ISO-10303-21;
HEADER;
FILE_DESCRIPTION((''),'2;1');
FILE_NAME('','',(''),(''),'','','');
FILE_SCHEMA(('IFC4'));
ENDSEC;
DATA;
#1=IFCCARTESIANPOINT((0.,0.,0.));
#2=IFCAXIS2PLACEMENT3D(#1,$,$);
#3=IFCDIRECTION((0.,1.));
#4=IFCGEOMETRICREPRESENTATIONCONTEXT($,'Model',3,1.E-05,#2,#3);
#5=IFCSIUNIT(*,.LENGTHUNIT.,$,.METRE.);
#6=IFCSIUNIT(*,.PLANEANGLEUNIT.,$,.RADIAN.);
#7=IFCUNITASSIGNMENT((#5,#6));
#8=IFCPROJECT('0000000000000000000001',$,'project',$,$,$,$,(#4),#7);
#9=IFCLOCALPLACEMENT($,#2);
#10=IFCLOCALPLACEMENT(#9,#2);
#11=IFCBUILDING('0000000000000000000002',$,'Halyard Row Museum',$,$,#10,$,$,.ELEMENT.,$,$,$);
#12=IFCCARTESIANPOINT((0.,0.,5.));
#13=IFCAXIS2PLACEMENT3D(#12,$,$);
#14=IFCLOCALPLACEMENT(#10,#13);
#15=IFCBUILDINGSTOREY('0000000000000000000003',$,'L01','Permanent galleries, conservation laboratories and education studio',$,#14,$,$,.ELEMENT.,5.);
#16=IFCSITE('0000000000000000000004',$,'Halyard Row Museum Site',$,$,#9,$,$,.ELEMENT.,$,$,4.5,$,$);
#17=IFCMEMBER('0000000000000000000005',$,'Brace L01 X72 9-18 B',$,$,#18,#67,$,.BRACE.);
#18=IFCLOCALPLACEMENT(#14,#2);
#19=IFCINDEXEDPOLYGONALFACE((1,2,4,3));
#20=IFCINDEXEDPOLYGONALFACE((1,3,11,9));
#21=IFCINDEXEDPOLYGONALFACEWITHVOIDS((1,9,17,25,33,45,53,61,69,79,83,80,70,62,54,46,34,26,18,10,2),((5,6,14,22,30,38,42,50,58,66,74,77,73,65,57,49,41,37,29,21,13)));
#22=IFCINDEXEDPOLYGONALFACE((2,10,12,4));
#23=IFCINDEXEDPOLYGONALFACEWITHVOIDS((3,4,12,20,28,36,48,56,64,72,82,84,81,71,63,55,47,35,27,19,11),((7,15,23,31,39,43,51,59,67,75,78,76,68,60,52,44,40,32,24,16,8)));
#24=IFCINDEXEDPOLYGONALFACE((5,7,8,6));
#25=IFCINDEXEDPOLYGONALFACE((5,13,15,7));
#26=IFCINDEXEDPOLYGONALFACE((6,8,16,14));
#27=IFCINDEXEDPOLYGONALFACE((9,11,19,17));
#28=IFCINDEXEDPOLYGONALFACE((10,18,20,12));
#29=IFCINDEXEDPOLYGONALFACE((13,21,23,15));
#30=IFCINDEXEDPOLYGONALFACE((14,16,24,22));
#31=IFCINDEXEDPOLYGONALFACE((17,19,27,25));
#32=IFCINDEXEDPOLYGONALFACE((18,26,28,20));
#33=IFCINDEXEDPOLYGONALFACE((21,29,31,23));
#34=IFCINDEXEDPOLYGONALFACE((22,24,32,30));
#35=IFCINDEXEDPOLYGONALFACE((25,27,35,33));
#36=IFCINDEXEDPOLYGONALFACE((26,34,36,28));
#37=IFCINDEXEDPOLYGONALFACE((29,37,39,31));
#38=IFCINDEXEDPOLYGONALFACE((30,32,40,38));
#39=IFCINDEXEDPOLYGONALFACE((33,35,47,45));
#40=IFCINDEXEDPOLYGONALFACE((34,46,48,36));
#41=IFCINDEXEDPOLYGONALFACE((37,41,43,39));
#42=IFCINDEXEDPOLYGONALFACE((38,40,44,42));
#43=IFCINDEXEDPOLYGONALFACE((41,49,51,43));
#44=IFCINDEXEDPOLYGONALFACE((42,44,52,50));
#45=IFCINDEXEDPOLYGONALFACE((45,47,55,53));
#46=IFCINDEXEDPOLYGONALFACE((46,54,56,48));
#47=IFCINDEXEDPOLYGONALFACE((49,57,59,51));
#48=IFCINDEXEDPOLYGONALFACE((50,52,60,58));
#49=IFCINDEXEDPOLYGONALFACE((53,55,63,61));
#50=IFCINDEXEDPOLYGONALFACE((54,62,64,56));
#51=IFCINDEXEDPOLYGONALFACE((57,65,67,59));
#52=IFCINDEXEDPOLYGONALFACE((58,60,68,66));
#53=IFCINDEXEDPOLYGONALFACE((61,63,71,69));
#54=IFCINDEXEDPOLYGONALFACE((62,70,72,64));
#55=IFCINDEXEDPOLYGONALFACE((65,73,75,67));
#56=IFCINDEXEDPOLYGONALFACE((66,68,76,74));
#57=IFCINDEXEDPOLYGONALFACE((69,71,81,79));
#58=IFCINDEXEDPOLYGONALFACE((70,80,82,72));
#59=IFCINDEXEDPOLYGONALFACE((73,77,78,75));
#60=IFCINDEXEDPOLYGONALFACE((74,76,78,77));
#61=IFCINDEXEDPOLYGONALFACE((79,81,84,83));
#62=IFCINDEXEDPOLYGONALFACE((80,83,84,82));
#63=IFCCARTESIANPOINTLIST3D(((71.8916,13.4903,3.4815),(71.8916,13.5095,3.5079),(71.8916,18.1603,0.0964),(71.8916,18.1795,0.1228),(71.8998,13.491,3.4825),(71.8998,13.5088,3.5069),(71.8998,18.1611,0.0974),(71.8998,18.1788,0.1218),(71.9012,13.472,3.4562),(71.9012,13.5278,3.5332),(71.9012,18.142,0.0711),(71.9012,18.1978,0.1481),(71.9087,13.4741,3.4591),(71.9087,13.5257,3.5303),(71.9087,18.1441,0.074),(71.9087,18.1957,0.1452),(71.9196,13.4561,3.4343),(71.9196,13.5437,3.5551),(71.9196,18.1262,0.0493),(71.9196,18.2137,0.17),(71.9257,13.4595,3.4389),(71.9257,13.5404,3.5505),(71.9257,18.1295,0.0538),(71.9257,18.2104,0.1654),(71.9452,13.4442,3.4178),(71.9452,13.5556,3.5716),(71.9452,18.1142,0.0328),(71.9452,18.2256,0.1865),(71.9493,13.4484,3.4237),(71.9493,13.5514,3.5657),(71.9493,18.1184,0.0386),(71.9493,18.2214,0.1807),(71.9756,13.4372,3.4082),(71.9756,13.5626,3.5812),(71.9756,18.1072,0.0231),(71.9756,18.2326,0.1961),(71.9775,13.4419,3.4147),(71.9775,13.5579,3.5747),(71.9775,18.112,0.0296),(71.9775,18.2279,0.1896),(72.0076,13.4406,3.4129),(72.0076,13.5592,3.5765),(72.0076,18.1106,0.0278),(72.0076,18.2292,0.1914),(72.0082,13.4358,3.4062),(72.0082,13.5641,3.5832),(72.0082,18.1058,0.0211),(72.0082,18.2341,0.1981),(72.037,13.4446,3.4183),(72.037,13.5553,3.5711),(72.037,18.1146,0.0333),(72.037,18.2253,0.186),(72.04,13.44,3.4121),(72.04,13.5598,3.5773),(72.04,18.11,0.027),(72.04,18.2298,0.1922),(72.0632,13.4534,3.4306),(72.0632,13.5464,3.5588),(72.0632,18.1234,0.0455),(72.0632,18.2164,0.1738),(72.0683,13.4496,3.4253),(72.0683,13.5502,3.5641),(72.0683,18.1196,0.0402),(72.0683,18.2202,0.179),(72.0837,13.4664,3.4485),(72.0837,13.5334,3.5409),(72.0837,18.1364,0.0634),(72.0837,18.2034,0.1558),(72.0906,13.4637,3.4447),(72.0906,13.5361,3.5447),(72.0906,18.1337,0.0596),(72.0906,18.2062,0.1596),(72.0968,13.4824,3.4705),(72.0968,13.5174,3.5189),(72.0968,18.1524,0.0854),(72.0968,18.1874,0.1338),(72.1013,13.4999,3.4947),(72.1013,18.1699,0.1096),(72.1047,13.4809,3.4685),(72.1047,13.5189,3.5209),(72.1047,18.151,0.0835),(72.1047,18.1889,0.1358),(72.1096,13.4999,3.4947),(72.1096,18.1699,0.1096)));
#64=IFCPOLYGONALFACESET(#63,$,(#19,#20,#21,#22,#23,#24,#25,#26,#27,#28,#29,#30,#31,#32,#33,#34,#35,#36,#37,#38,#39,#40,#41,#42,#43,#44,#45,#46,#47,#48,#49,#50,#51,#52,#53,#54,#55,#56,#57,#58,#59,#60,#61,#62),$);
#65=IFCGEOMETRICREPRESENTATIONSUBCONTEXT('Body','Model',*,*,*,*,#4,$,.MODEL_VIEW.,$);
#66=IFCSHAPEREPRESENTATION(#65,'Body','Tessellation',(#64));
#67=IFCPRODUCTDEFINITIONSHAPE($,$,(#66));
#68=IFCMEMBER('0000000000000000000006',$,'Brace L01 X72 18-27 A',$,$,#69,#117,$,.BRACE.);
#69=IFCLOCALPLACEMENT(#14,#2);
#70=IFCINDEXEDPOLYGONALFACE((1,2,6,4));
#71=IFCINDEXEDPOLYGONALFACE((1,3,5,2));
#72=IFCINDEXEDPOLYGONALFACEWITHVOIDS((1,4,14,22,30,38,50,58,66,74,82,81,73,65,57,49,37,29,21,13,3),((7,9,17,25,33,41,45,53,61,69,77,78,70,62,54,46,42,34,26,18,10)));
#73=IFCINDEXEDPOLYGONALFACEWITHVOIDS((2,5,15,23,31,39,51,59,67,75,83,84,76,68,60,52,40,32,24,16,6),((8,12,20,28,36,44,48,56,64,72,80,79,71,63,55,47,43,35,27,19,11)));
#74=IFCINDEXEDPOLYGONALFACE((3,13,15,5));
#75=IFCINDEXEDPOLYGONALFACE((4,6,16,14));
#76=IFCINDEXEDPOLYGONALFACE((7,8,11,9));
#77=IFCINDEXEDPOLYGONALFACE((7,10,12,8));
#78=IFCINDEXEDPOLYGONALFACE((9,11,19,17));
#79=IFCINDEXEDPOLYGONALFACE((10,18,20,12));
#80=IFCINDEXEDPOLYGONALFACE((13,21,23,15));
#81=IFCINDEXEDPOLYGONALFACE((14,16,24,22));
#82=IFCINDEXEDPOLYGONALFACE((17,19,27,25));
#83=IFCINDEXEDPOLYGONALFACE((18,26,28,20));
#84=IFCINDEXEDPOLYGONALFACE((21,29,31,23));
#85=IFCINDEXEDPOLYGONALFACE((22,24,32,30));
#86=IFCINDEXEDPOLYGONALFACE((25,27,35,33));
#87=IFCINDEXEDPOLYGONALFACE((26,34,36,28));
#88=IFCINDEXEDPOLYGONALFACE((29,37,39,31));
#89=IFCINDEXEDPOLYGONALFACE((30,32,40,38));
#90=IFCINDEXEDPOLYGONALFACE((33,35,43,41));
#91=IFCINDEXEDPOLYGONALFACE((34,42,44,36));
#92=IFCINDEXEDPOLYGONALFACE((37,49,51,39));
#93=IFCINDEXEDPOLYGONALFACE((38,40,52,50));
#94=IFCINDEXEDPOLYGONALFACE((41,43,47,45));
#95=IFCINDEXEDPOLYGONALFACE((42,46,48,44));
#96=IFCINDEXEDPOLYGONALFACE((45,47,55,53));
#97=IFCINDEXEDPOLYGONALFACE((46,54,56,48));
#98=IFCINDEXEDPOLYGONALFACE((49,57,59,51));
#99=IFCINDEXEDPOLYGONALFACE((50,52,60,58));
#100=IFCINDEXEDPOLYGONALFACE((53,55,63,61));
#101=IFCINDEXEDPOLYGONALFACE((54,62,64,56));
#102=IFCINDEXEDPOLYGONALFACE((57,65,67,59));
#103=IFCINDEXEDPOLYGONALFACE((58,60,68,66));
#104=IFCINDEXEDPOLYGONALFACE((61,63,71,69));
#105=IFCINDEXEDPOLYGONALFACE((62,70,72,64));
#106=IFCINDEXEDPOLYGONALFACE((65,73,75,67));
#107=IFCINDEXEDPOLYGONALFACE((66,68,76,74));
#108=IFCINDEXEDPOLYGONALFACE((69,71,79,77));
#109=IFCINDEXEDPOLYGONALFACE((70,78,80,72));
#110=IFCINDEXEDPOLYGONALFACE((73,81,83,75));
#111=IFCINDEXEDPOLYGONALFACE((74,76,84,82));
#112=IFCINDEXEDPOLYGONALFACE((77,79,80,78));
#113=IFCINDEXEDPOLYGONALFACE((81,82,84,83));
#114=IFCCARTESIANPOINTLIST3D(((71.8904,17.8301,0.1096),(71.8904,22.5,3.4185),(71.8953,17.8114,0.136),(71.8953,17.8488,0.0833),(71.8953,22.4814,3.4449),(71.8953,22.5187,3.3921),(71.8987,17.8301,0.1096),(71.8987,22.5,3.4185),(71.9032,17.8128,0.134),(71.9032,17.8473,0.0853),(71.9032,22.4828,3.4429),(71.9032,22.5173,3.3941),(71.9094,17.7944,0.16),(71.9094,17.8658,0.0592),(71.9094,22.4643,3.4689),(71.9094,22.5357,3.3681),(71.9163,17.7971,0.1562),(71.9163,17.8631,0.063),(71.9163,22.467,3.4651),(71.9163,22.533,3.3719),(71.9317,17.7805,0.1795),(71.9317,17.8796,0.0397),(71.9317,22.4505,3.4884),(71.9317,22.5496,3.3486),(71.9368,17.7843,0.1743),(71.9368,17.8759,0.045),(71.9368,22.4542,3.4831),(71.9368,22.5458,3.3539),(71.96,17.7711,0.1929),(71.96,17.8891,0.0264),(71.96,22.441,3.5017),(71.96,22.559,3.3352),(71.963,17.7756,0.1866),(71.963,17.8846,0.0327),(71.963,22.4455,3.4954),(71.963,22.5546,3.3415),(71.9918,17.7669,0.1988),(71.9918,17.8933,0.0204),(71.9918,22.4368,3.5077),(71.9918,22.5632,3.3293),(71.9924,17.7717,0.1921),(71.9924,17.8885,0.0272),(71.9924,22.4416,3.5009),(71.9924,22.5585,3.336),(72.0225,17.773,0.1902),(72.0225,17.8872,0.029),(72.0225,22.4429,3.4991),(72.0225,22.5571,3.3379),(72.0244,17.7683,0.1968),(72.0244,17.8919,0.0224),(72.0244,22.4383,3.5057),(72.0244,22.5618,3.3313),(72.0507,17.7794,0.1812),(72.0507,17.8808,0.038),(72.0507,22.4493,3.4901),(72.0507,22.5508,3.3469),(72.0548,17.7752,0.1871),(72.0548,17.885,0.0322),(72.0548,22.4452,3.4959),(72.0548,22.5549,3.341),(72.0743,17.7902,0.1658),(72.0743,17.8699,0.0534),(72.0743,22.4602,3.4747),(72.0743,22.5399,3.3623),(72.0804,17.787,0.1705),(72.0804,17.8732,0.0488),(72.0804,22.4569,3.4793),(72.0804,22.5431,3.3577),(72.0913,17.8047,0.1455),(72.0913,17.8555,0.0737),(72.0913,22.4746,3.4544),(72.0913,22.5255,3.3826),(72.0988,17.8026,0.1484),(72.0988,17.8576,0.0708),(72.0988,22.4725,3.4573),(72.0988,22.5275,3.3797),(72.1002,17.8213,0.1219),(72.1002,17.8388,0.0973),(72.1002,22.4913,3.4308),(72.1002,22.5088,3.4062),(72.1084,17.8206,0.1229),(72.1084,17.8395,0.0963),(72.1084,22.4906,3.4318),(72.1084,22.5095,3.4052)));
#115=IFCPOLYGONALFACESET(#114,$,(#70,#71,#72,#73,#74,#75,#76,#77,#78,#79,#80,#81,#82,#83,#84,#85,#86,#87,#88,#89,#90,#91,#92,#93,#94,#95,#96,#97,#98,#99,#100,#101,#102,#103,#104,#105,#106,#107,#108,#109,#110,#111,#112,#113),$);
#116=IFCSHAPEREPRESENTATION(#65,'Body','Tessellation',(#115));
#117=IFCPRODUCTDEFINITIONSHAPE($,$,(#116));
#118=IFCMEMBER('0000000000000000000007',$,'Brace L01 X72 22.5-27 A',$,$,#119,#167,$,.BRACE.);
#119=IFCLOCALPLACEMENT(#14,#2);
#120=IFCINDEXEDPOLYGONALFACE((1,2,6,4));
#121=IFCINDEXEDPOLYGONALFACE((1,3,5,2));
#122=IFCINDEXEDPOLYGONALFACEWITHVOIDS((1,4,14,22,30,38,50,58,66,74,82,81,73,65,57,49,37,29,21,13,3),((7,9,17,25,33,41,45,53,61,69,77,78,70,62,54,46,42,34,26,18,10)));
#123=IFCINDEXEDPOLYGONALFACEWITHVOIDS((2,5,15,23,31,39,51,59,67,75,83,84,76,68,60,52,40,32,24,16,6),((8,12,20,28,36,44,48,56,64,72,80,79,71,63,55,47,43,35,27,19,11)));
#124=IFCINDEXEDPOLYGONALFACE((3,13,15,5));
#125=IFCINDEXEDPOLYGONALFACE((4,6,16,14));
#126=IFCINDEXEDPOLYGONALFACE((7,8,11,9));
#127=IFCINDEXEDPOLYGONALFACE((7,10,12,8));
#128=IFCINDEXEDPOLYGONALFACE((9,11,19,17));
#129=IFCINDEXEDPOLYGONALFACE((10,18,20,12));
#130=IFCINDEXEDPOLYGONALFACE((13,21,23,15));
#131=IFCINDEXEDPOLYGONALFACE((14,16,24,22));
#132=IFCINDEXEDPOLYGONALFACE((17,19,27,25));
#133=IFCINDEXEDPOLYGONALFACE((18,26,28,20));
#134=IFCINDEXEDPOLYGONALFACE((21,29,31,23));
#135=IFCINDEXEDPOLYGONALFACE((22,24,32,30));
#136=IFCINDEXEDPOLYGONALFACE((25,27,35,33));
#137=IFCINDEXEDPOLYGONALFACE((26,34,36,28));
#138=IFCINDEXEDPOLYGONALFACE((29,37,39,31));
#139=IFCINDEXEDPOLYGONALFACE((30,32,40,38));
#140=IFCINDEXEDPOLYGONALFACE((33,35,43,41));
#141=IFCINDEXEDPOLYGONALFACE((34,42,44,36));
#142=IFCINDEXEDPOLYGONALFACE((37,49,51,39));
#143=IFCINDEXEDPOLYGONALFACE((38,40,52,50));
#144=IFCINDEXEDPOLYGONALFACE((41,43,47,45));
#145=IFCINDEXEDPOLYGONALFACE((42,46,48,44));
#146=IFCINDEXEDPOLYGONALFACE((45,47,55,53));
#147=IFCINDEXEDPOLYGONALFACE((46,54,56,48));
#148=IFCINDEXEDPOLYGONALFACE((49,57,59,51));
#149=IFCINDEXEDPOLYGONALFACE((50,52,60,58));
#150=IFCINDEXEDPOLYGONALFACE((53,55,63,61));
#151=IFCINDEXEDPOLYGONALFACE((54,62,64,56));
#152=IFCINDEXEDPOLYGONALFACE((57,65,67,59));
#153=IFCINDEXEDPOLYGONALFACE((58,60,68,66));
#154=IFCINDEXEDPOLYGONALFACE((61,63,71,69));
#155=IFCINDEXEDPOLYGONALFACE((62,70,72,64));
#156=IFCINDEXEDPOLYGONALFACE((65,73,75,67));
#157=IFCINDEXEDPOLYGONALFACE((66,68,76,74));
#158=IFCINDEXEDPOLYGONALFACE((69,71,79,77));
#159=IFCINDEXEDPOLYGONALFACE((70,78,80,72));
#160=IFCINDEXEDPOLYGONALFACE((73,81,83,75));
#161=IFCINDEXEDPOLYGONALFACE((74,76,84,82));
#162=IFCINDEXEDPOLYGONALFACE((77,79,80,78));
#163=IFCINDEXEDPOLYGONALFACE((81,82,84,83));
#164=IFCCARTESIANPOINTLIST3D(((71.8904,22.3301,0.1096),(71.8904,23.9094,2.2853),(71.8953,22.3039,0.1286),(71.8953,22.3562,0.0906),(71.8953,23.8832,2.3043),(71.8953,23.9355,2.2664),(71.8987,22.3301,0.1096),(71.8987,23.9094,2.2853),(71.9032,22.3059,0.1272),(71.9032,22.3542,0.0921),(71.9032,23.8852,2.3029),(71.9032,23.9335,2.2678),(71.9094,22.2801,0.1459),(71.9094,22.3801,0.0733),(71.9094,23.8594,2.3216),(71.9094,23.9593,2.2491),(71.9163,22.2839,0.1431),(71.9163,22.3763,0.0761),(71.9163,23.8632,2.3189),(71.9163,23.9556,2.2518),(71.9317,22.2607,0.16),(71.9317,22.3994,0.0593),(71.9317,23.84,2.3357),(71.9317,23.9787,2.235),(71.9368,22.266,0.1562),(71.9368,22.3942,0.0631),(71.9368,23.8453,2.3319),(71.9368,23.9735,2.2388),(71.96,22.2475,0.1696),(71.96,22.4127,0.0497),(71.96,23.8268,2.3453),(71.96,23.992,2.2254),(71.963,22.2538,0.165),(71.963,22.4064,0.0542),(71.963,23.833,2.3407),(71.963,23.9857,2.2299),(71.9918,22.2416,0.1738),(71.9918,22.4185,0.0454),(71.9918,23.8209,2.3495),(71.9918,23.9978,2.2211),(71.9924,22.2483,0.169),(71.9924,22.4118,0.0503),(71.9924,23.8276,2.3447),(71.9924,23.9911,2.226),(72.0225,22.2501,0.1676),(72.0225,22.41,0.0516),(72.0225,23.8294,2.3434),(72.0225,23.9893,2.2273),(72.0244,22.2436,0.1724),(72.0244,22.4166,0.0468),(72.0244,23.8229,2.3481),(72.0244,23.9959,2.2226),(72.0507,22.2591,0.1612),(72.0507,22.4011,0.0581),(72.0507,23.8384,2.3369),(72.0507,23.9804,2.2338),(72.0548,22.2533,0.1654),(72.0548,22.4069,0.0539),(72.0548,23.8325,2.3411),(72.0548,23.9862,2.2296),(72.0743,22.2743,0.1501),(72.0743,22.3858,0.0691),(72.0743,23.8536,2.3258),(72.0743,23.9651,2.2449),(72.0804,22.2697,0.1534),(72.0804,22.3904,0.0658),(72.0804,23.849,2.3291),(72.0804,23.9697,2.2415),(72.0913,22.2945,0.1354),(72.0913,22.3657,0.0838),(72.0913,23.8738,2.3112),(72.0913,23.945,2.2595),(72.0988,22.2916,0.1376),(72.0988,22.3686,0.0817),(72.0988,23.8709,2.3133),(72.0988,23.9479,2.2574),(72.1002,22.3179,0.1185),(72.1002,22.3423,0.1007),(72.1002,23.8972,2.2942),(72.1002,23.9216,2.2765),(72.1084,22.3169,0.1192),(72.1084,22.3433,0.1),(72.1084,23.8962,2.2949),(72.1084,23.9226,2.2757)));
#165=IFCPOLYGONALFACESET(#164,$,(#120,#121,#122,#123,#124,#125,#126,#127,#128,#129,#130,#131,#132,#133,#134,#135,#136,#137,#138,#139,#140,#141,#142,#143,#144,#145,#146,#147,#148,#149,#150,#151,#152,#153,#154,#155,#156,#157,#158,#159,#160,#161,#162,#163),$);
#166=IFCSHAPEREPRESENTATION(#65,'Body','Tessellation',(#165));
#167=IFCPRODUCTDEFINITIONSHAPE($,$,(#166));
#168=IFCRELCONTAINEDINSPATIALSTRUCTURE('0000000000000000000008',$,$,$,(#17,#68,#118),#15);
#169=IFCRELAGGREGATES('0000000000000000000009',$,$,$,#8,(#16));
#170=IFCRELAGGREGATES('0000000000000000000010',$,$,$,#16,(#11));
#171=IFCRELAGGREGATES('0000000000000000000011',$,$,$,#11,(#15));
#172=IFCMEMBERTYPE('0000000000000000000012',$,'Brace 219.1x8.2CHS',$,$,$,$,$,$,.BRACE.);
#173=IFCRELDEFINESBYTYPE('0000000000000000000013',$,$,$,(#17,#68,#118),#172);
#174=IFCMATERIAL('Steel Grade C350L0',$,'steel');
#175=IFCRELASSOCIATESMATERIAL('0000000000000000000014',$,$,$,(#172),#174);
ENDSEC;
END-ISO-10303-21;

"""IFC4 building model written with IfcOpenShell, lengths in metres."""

from ifc_helpers import new_model, si_unit, direction, frame, origin, origin_2d, place, context, subcontext, project, spatial, hollow_circle, extrude, material, material_profile, profile_set, type_object, element, save


model = new_model("IFC4")

# Units and contexts
model_context = context("Model", 3, precision=1e-05, world=origin(), true_north=direction((0.0, 1.0)))
body_context = subcontext(model_context, "Body", "Model", "MODEL_VIEW")
ifc_project = project(units=[si_unit("LENGTHUNIT", "METRE"), si_unit("PLANEANGLEUNIT", "RADIAN")], contexts=[model_context])

# Site, building, storey
site_placement = place(None, origin())
site = spatial("IfcSite", under=ifc_project, at=site_placement, Name="Halyard Row Museum Site", CompositionType="ELEMENT", RefElevation=4.5)
building_placement = place(site_placement, origin())
building = spatial("IfcBuilding", under=site, at=building_placement, Name="Halyard Row Museum", CompositionType="ELEMENT")
storey_placement = place(building_placement, frame((0.0, 0.0, 5.0)))
storey = spatial("IfcBuildingStorey", under=building, at=storey_placement, Name="L01", Description="Permanent galleries, conservation laboratories and education studio", CompositionType="ELEMENT", Elevation=5.0)

# Members
ifc_material_1 = material(Name="Steel Grade C350L0", Category="steel")
ifc_material_profile_1 = material_profile(ifc_material_1, hollow_circle(Radius=0.1096, WallThickness=0.0083, at=origin_2d()), Name="219.1x8.2CHS")
ifc_profile_set_1 = profile_set([ifc_material_profile_1], Name="Steel Grade C350L0")
member_type = type_object("IfcMemberType", Name="Brace 219.1x8.2CHS", PredefinedType="BRACE", material=ifc_profile_set_1)
member_1_placement = place(storey_placement, frame((72.0, 18.1699, 0.1096), z_axis=(0.0, -0.809667, 0.58689), x_axis=(1.0, 0.0, 0.0)))
element("IfcMember", 1, at=member_1_placement, inside=storey, type_object=member_type, Name="Brace L01 X72 9-18 B", PredefinedType="BRACE", context=body_context, shape_type="SweptSolid", body=[
    extrude(hollow_circle(Radius=0.1096, WallThickness=0.0083, at=origin_2d()), origin(), (0.0, 0.0, 1.0), 5.7678),
])
member_2_placement = place(storey_placement, frame((72.0, 17.8301, 0.1096), z_axis=(0.0, 0.815944, 0.578131), x_axis=(-1.0, 0.0, 0.0)))
element("IfcMember", 2, at=member_2_placement, inside=storey, type_object=member_type, Name="Brace L01 X72 18-27 A", PredefinedType="BRACE", context=body_context, shape_type="SweptSolid", body=[
    extrude(hollow_circle(Radius=0.1096, WallThickness=0.0083, at=origin_2d()), origin(), (0.0, 0.0, 1.0), 5.7234),
])
member_3_placement = place(storey_placement, frame((72.0, 22.3301, 0.1096), z_axis=(0.0, 0.587432, 0.809274), x_axis=(-1.0, 0.0, 0.0)))
element("IfcMember", 3, at=member_3_placement, inside=storey, type_object=member_type, Name="Brace L01 X72 22.5-27 A", PredefinedType="BRACE", context=body_context, shape_type="SweptSolid", body=[
    extrude(hollow_circle(Radius=0.1096, WallThickness=0.0083, at=origin_2d()), origin(), (0.0, 0.0, 1.0), 2.6885),
])

save(model, "model.ifc")
